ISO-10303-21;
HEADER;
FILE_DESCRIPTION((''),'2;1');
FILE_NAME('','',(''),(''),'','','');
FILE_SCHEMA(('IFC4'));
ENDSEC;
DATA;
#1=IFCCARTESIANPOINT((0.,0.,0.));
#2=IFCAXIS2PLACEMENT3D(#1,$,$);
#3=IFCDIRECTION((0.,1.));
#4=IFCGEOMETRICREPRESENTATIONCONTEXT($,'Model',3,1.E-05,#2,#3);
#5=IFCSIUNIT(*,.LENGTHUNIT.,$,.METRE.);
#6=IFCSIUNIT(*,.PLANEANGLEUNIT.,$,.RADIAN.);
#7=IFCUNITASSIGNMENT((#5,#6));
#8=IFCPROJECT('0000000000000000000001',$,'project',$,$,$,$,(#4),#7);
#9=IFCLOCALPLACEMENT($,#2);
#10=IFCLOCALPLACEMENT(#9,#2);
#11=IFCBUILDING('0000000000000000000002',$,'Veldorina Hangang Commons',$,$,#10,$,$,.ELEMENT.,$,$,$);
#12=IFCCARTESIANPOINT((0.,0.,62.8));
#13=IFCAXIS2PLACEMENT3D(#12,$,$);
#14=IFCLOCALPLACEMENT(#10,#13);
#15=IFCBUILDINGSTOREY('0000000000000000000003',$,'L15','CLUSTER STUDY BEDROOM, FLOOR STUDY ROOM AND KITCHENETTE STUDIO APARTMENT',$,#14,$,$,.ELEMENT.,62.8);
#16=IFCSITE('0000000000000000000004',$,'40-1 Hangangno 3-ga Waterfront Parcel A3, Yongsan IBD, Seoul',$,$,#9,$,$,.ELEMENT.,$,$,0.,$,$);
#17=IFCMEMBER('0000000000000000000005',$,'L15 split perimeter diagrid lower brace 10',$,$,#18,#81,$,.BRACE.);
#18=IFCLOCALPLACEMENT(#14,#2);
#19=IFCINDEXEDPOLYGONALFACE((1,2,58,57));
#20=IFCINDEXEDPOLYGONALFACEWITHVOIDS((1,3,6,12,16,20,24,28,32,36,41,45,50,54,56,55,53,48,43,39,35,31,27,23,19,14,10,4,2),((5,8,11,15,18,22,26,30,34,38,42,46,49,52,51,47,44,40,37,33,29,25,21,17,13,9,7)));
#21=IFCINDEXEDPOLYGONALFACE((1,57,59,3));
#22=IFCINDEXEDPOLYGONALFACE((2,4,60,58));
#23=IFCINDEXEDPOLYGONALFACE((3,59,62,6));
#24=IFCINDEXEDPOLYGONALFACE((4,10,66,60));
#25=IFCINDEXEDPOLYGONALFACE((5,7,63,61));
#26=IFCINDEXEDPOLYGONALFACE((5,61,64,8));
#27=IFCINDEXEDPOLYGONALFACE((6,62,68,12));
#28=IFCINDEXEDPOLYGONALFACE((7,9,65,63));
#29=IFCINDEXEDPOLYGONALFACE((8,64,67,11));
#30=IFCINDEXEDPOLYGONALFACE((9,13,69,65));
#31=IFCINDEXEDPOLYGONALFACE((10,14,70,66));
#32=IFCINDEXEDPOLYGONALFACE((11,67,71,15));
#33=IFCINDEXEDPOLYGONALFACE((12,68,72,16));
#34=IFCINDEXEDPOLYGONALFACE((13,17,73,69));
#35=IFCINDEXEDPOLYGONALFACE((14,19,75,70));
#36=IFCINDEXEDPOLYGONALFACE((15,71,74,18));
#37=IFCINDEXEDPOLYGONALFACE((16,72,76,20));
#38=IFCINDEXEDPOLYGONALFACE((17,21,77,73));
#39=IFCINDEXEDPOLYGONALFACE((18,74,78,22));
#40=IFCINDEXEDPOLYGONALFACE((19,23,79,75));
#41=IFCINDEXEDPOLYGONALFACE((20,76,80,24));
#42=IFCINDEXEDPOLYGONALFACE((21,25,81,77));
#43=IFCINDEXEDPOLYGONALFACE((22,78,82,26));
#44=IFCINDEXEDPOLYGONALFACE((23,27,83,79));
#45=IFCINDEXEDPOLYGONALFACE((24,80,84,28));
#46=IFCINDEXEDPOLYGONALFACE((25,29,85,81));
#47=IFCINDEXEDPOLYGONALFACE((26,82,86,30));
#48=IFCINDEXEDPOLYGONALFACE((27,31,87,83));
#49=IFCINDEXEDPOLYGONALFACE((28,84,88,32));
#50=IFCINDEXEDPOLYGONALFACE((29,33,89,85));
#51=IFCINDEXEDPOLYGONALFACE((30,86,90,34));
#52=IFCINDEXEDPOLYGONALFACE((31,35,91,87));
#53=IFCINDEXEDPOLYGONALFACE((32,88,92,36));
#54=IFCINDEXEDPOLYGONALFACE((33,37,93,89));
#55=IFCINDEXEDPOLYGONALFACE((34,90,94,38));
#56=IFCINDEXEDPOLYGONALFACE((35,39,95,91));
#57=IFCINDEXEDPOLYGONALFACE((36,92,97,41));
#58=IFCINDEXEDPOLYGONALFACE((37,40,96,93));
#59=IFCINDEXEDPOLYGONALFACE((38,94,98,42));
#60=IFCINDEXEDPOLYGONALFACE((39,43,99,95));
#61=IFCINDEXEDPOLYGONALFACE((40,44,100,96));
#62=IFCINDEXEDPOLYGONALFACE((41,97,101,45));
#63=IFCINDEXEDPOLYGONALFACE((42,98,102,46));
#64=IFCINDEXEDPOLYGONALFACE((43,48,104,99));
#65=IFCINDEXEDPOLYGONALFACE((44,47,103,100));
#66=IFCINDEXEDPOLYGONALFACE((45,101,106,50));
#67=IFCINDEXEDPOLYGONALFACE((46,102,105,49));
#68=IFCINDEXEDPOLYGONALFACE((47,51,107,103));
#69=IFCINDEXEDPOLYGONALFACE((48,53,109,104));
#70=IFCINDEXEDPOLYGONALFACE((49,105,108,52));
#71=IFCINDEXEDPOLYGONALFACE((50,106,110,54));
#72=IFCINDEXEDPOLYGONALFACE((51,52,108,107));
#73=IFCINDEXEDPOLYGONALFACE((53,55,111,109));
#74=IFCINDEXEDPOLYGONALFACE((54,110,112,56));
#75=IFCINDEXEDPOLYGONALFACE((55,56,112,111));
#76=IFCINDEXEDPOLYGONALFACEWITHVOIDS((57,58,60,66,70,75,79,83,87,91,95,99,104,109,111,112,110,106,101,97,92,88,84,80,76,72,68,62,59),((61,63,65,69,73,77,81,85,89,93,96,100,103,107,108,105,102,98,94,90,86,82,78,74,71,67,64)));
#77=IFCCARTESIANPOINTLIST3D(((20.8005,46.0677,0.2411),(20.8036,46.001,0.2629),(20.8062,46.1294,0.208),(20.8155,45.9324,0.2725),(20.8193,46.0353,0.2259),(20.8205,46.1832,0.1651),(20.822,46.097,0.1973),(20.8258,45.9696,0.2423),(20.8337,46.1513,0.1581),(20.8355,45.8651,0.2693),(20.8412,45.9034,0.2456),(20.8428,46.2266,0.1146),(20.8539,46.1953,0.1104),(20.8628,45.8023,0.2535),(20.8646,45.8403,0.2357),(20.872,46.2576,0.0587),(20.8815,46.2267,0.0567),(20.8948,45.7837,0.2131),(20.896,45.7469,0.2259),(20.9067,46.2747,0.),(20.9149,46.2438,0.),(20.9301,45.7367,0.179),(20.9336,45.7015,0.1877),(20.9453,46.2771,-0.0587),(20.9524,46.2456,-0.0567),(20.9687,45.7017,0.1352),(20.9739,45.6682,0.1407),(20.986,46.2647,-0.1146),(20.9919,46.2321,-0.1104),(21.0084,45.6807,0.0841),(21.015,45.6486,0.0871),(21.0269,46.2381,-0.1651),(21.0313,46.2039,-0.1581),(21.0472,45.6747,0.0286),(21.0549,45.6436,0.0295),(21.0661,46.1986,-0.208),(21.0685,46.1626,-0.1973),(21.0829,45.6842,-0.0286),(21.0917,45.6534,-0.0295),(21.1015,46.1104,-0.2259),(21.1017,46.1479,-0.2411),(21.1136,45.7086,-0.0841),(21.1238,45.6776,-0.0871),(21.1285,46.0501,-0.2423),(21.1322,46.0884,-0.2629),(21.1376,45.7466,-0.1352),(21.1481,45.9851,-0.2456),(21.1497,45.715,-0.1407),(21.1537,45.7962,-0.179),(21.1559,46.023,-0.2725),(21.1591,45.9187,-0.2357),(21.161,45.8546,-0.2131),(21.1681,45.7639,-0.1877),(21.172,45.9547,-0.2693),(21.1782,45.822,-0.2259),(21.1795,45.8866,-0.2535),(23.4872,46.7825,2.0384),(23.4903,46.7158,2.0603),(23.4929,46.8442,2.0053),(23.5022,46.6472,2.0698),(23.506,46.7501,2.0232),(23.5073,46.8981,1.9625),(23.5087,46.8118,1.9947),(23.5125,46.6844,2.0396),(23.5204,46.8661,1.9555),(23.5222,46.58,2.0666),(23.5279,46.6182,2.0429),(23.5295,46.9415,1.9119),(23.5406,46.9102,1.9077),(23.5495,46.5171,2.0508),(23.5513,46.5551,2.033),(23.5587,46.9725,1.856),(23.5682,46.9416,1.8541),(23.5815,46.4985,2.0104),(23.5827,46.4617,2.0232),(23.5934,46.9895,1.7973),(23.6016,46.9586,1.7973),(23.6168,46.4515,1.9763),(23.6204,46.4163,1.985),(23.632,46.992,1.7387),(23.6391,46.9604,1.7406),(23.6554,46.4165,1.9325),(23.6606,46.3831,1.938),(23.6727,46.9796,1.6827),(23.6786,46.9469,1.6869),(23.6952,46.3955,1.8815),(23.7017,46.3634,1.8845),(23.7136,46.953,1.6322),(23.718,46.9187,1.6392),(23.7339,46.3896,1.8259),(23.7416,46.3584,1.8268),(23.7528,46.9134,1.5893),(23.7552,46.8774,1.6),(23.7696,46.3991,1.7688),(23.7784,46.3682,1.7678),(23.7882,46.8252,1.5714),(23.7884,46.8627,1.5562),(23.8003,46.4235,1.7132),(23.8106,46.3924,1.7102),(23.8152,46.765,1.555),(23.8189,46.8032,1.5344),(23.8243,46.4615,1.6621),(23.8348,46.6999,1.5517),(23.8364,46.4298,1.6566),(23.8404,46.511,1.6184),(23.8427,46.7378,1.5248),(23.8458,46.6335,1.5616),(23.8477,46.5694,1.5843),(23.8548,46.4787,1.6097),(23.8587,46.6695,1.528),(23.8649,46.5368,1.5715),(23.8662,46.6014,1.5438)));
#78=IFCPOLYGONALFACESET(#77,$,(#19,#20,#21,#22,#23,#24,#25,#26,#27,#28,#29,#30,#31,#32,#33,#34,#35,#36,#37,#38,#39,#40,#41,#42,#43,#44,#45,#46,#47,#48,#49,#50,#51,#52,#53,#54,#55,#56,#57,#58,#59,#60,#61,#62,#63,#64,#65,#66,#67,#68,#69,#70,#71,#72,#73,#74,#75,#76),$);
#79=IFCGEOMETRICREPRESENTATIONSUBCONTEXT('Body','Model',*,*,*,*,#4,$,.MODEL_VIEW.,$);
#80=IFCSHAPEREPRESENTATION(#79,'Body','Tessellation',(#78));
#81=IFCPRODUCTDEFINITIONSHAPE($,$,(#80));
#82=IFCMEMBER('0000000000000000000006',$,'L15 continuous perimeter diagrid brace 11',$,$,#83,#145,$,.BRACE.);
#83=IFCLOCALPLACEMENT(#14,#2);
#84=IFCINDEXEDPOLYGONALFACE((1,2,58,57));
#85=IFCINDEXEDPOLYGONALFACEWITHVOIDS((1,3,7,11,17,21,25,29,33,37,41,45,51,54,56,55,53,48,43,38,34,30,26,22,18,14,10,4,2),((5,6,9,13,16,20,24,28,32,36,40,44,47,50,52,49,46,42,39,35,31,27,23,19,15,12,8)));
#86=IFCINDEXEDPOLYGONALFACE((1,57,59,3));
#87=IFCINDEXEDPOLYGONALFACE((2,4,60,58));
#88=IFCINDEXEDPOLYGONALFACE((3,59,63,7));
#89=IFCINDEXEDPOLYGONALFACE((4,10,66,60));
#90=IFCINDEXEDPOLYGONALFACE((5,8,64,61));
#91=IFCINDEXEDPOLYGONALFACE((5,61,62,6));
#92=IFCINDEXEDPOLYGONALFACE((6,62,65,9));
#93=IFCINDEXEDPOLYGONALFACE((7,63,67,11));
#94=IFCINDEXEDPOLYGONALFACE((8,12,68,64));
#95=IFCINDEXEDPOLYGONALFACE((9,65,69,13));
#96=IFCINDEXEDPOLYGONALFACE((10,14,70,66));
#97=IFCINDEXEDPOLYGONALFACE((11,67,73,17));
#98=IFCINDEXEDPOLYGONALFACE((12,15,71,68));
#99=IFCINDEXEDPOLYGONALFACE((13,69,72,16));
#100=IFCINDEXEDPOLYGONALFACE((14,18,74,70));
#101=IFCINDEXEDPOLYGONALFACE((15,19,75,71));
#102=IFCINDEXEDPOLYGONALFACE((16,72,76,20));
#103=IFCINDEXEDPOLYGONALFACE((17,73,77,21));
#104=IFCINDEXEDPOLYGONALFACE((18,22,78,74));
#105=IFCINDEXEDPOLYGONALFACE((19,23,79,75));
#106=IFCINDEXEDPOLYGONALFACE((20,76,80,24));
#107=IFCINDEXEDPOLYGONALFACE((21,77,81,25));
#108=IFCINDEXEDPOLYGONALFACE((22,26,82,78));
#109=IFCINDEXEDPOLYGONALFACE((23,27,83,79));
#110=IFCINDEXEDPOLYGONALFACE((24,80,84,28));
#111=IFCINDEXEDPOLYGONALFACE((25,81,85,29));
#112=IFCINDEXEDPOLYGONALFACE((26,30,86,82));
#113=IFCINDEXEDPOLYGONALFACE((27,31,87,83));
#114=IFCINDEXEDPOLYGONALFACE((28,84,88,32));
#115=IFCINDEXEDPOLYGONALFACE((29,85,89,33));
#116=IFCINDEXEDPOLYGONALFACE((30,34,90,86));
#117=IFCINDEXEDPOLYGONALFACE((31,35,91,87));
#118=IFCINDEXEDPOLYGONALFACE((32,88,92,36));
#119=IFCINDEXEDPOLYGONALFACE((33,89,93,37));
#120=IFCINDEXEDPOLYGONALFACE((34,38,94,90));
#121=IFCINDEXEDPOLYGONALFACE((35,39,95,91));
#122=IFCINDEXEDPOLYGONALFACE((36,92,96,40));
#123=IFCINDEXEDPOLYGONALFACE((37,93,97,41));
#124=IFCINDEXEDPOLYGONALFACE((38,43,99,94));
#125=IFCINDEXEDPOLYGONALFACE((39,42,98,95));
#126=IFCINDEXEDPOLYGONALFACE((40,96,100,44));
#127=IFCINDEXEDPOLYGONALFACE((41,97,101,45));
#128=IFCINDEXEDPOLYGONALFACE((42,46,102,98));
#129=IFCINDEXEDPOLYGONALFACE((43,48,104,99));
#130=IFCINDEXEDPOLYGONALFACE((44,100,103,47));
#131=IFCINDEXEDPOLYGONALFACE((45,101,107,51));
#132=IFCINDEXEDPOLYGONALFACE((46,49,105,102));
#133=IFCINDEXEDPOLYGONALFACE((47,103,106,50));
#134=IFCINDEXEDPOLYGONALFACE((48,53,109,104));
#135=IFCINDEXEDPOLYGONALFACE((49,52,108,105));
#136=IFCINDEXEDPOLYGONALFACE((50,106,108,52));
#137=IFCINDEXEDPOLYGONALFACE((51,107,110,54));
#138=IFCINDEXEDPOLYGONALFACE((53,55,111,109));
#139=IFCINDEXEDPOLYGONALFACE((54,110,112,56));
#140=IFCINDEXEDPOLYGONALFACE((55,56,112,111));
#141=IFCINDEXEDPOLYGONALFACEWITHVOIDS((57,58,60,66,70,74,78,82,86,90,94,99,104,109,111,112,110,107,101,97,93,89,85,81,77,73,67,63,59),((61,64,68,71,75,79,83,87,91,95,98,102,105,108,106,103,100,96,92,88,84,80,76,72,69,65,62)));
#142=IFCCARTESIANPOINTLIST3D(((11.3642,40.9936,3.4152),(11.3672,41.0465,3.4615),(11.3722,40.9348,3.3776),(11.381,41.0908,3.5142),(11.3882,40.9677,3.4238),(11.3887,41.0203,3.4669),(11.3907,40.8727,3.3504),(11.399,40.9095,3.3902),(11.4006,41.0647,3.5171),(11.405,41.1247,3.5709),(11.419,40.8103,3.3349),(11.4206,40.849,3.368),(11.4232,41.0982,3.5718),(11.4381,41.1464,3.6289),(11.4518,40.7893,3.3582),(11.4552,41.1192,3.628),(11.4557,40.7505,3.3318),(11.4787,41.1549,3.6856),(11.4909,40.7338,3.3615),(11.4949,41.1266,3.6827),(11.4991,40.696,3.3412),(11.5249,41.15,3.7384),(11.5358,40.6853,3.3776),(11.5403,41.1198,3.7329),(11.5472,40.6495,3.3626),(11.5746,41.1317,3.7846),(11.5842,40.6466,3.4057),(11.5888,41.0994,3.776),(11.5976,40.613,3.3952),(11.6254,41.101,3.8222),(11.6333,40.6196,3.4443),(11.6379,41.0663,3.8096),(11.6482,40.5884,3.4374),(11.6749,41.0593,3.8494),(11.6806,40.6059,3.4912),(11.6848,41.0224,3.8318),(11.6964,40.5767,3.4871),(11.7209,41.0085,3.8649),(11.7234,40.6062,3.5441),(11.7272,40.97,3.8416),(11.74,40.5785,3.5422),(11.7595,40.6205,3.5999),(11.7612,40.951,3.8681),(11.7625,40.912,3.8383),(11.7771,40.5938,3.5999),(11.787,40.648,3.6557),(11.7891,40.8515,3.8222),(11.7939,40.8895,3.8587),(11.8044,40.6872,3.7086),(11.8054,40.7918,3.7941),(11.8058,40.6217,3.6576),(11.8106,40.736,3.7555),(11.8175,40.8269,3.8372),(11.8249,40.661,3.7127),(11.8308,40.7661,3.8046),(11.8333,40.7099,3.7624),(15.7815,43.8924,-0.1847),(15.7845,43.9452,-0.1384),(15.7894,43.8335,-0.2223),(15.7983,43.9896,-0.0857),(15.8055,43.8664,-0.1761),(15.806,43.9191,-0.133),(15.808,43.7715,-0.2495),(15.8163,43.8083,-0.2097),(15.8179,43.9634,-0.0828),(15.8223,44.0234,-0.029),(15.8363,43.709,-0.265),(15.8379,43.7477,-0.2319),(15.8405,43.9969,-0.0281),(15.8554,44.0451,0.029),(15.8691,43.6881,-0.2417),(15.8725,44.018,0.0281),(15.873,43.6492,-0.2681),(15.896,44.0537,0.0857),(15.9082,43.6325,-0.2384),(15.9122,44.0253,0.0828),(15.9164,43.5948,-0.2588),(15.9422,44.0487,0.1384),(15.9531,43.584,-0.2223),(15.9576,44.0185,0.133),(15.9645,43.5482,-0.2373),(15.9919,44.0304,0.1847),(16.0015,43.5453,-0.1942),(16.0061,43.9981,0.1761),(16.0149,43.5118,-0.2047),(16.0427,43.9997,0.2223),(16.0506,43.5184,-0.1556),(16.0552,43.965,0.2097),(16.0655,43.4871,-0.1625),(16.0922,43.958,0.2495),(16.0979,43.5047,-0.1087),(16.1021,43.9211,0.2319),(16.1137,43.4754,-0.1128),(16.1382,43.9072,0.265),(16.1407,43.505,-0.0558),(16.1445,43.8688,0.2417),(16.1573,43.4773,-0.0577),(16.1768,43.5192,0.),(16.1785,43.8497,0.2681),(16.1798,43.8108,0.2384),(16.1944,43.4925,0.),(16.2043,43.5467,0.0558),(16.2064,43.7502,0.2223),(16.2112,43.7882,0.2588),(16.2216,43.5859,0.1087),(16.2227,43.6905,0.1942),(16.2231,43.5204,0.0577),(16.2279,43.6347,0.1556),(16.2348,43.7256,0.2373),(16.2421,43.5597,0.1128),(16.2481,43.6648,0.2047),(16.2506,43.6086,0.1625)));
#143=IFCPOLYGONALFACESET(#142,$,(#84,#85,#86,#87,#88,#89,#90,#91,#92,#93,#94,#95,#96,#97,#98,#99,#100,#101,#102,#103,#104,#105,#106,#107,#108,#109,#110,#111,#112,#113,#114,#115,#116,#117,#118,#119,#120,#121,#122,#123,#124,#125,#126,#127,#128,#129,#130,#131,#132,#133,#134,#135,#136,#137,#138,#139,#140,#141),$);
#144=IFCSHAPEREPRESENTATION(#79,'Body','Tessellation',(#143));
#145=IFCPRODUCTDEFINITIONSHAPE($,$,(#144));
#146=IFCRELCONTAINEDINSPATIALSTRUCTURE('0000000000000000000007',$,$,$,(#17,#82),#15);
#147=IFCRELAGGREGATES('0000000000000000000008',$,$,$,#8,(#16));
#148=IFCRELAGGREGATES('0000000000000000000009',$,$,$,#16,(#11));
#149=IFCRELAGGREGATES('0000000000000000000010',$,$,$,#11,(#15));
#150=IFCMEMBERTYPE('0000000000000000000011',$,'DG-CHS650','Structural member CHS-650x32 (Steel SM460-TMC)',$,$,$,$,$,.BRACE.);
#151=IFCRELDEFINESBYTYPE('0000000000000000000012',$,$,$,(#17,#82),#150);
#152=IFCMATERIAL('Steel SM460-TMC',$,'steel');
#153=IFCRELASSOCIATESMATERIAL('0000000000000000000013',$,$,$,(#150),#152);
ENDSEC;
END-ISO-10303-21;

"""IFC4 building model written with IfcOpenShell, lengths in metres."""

from ifc_helpers import new_model, si_unit, direction, frame, origin, origin_2d, place, context, subcontext, project, spatial, hollow_circle, extrude, material, material_profile, profile_set, type_object, element, save


model = new_model("IFC4")

# Units and contexts
model_context = context("Model", 3, precision=1e-05, world=origin(), true_north=direction((0.0, 1.0)))
body_context = subcontext(model_context, "Body", "Model", "MODEL_VIEW")
ifc_project = project(units=[si_unit("LENGTHUNIT", "METRE"), si_unit("PLANEANGLEUNIT", "RADIAN")], contexts=[model_context])

# Site, building, storey
site_placement = place(None, origin())
site = spatial("IfcSite", under=ifc_project, at=site_placement, Name="40-1 Hangangno 3-ga Waterfront Parcel A3, Yongsan IBD, Seoul", CompositionType="ELEMENT", RefElevation=0.0)
building_placement = place(site_placement, origin())
building = spatial("IfcBuilding", under=site, at=building_placement, Name="Veldorina Hangang Commons", CompositionType="ELEMENT")
storey_placement = place(building_placement, frame((0.0, 0.0, 62.8)))
storey = spatial("IfcBuildingStorey", under=building, at=storey_placement, Name="L15", Description="CLUSTER STUDY BEDROOM, FLOOR STUDY ROOM AND KITCHENETTE STUDIO APARTMENT", CompositionType="ELEMENT", Elevation=62.8)

# Members
ifc_material_1 = material(Name="Steel SM460-TMC", Category="steel")
ifc_material_profile_1 = material_profile(ifc_material_1, hollow_circle(Radius=0.325, WallThickness=0.032, at=origin_2d()), Name="CHS-650x32")
ifc_profile_set_1 = profile_set([ifc_material_profile_1], Name="Steel SM460-TMC")
member_type = type_object("IfcMemberType", Name="DG-CHS650", Description="Structural member CHS-650x32 (Steel SM460-TMC)", PredefinedType="BRACE", material=ifc_profile_set_1)
member_1_placement = place(storey_placement, frame((20.9902, 45.9607, 0.0), z_axis=(0.811559, 0.215924, 0.542908), x_axis=(-0.257116, 0.966381, 0.0)))
element("IfcMember", 1, at=member_1_placement, inside=storey, type_object=member_type, Name="L15 split perimeter diagrid lower brace 10", PredefinedType="BRACE", context=body_context, shape_type="SweptSolid", body=[
    extrude(hollow_circle(Radius=0.325, WallThickness=0.032, at=origin_2d()), origin(), (0.0, 0.0, 1.0), 3.3105),
])
member_2_placement = place(storey_placement, frame((16.0161, 43.7642, 0.0), z_axis=(-0.690925, -0.453399, 0.563074), x_axis=(0.548639, -0.836059, 0.0)))
element("IfcMember", 2, at=member_2_placement, inside=storey, type_object=member_type, Name="L15 continuous perimeter diagrid brace 11", PredefinedType="BRACE", context=body_context, shape_type="SweptSolid", body=[
    extrude(hollow_circle(Radius=0.325, WallThickness=0.032, at=origin_2d()), origin(), (0.0, 0.0, 1.0), 6.3933),
])

save(model, "model.ifc")
